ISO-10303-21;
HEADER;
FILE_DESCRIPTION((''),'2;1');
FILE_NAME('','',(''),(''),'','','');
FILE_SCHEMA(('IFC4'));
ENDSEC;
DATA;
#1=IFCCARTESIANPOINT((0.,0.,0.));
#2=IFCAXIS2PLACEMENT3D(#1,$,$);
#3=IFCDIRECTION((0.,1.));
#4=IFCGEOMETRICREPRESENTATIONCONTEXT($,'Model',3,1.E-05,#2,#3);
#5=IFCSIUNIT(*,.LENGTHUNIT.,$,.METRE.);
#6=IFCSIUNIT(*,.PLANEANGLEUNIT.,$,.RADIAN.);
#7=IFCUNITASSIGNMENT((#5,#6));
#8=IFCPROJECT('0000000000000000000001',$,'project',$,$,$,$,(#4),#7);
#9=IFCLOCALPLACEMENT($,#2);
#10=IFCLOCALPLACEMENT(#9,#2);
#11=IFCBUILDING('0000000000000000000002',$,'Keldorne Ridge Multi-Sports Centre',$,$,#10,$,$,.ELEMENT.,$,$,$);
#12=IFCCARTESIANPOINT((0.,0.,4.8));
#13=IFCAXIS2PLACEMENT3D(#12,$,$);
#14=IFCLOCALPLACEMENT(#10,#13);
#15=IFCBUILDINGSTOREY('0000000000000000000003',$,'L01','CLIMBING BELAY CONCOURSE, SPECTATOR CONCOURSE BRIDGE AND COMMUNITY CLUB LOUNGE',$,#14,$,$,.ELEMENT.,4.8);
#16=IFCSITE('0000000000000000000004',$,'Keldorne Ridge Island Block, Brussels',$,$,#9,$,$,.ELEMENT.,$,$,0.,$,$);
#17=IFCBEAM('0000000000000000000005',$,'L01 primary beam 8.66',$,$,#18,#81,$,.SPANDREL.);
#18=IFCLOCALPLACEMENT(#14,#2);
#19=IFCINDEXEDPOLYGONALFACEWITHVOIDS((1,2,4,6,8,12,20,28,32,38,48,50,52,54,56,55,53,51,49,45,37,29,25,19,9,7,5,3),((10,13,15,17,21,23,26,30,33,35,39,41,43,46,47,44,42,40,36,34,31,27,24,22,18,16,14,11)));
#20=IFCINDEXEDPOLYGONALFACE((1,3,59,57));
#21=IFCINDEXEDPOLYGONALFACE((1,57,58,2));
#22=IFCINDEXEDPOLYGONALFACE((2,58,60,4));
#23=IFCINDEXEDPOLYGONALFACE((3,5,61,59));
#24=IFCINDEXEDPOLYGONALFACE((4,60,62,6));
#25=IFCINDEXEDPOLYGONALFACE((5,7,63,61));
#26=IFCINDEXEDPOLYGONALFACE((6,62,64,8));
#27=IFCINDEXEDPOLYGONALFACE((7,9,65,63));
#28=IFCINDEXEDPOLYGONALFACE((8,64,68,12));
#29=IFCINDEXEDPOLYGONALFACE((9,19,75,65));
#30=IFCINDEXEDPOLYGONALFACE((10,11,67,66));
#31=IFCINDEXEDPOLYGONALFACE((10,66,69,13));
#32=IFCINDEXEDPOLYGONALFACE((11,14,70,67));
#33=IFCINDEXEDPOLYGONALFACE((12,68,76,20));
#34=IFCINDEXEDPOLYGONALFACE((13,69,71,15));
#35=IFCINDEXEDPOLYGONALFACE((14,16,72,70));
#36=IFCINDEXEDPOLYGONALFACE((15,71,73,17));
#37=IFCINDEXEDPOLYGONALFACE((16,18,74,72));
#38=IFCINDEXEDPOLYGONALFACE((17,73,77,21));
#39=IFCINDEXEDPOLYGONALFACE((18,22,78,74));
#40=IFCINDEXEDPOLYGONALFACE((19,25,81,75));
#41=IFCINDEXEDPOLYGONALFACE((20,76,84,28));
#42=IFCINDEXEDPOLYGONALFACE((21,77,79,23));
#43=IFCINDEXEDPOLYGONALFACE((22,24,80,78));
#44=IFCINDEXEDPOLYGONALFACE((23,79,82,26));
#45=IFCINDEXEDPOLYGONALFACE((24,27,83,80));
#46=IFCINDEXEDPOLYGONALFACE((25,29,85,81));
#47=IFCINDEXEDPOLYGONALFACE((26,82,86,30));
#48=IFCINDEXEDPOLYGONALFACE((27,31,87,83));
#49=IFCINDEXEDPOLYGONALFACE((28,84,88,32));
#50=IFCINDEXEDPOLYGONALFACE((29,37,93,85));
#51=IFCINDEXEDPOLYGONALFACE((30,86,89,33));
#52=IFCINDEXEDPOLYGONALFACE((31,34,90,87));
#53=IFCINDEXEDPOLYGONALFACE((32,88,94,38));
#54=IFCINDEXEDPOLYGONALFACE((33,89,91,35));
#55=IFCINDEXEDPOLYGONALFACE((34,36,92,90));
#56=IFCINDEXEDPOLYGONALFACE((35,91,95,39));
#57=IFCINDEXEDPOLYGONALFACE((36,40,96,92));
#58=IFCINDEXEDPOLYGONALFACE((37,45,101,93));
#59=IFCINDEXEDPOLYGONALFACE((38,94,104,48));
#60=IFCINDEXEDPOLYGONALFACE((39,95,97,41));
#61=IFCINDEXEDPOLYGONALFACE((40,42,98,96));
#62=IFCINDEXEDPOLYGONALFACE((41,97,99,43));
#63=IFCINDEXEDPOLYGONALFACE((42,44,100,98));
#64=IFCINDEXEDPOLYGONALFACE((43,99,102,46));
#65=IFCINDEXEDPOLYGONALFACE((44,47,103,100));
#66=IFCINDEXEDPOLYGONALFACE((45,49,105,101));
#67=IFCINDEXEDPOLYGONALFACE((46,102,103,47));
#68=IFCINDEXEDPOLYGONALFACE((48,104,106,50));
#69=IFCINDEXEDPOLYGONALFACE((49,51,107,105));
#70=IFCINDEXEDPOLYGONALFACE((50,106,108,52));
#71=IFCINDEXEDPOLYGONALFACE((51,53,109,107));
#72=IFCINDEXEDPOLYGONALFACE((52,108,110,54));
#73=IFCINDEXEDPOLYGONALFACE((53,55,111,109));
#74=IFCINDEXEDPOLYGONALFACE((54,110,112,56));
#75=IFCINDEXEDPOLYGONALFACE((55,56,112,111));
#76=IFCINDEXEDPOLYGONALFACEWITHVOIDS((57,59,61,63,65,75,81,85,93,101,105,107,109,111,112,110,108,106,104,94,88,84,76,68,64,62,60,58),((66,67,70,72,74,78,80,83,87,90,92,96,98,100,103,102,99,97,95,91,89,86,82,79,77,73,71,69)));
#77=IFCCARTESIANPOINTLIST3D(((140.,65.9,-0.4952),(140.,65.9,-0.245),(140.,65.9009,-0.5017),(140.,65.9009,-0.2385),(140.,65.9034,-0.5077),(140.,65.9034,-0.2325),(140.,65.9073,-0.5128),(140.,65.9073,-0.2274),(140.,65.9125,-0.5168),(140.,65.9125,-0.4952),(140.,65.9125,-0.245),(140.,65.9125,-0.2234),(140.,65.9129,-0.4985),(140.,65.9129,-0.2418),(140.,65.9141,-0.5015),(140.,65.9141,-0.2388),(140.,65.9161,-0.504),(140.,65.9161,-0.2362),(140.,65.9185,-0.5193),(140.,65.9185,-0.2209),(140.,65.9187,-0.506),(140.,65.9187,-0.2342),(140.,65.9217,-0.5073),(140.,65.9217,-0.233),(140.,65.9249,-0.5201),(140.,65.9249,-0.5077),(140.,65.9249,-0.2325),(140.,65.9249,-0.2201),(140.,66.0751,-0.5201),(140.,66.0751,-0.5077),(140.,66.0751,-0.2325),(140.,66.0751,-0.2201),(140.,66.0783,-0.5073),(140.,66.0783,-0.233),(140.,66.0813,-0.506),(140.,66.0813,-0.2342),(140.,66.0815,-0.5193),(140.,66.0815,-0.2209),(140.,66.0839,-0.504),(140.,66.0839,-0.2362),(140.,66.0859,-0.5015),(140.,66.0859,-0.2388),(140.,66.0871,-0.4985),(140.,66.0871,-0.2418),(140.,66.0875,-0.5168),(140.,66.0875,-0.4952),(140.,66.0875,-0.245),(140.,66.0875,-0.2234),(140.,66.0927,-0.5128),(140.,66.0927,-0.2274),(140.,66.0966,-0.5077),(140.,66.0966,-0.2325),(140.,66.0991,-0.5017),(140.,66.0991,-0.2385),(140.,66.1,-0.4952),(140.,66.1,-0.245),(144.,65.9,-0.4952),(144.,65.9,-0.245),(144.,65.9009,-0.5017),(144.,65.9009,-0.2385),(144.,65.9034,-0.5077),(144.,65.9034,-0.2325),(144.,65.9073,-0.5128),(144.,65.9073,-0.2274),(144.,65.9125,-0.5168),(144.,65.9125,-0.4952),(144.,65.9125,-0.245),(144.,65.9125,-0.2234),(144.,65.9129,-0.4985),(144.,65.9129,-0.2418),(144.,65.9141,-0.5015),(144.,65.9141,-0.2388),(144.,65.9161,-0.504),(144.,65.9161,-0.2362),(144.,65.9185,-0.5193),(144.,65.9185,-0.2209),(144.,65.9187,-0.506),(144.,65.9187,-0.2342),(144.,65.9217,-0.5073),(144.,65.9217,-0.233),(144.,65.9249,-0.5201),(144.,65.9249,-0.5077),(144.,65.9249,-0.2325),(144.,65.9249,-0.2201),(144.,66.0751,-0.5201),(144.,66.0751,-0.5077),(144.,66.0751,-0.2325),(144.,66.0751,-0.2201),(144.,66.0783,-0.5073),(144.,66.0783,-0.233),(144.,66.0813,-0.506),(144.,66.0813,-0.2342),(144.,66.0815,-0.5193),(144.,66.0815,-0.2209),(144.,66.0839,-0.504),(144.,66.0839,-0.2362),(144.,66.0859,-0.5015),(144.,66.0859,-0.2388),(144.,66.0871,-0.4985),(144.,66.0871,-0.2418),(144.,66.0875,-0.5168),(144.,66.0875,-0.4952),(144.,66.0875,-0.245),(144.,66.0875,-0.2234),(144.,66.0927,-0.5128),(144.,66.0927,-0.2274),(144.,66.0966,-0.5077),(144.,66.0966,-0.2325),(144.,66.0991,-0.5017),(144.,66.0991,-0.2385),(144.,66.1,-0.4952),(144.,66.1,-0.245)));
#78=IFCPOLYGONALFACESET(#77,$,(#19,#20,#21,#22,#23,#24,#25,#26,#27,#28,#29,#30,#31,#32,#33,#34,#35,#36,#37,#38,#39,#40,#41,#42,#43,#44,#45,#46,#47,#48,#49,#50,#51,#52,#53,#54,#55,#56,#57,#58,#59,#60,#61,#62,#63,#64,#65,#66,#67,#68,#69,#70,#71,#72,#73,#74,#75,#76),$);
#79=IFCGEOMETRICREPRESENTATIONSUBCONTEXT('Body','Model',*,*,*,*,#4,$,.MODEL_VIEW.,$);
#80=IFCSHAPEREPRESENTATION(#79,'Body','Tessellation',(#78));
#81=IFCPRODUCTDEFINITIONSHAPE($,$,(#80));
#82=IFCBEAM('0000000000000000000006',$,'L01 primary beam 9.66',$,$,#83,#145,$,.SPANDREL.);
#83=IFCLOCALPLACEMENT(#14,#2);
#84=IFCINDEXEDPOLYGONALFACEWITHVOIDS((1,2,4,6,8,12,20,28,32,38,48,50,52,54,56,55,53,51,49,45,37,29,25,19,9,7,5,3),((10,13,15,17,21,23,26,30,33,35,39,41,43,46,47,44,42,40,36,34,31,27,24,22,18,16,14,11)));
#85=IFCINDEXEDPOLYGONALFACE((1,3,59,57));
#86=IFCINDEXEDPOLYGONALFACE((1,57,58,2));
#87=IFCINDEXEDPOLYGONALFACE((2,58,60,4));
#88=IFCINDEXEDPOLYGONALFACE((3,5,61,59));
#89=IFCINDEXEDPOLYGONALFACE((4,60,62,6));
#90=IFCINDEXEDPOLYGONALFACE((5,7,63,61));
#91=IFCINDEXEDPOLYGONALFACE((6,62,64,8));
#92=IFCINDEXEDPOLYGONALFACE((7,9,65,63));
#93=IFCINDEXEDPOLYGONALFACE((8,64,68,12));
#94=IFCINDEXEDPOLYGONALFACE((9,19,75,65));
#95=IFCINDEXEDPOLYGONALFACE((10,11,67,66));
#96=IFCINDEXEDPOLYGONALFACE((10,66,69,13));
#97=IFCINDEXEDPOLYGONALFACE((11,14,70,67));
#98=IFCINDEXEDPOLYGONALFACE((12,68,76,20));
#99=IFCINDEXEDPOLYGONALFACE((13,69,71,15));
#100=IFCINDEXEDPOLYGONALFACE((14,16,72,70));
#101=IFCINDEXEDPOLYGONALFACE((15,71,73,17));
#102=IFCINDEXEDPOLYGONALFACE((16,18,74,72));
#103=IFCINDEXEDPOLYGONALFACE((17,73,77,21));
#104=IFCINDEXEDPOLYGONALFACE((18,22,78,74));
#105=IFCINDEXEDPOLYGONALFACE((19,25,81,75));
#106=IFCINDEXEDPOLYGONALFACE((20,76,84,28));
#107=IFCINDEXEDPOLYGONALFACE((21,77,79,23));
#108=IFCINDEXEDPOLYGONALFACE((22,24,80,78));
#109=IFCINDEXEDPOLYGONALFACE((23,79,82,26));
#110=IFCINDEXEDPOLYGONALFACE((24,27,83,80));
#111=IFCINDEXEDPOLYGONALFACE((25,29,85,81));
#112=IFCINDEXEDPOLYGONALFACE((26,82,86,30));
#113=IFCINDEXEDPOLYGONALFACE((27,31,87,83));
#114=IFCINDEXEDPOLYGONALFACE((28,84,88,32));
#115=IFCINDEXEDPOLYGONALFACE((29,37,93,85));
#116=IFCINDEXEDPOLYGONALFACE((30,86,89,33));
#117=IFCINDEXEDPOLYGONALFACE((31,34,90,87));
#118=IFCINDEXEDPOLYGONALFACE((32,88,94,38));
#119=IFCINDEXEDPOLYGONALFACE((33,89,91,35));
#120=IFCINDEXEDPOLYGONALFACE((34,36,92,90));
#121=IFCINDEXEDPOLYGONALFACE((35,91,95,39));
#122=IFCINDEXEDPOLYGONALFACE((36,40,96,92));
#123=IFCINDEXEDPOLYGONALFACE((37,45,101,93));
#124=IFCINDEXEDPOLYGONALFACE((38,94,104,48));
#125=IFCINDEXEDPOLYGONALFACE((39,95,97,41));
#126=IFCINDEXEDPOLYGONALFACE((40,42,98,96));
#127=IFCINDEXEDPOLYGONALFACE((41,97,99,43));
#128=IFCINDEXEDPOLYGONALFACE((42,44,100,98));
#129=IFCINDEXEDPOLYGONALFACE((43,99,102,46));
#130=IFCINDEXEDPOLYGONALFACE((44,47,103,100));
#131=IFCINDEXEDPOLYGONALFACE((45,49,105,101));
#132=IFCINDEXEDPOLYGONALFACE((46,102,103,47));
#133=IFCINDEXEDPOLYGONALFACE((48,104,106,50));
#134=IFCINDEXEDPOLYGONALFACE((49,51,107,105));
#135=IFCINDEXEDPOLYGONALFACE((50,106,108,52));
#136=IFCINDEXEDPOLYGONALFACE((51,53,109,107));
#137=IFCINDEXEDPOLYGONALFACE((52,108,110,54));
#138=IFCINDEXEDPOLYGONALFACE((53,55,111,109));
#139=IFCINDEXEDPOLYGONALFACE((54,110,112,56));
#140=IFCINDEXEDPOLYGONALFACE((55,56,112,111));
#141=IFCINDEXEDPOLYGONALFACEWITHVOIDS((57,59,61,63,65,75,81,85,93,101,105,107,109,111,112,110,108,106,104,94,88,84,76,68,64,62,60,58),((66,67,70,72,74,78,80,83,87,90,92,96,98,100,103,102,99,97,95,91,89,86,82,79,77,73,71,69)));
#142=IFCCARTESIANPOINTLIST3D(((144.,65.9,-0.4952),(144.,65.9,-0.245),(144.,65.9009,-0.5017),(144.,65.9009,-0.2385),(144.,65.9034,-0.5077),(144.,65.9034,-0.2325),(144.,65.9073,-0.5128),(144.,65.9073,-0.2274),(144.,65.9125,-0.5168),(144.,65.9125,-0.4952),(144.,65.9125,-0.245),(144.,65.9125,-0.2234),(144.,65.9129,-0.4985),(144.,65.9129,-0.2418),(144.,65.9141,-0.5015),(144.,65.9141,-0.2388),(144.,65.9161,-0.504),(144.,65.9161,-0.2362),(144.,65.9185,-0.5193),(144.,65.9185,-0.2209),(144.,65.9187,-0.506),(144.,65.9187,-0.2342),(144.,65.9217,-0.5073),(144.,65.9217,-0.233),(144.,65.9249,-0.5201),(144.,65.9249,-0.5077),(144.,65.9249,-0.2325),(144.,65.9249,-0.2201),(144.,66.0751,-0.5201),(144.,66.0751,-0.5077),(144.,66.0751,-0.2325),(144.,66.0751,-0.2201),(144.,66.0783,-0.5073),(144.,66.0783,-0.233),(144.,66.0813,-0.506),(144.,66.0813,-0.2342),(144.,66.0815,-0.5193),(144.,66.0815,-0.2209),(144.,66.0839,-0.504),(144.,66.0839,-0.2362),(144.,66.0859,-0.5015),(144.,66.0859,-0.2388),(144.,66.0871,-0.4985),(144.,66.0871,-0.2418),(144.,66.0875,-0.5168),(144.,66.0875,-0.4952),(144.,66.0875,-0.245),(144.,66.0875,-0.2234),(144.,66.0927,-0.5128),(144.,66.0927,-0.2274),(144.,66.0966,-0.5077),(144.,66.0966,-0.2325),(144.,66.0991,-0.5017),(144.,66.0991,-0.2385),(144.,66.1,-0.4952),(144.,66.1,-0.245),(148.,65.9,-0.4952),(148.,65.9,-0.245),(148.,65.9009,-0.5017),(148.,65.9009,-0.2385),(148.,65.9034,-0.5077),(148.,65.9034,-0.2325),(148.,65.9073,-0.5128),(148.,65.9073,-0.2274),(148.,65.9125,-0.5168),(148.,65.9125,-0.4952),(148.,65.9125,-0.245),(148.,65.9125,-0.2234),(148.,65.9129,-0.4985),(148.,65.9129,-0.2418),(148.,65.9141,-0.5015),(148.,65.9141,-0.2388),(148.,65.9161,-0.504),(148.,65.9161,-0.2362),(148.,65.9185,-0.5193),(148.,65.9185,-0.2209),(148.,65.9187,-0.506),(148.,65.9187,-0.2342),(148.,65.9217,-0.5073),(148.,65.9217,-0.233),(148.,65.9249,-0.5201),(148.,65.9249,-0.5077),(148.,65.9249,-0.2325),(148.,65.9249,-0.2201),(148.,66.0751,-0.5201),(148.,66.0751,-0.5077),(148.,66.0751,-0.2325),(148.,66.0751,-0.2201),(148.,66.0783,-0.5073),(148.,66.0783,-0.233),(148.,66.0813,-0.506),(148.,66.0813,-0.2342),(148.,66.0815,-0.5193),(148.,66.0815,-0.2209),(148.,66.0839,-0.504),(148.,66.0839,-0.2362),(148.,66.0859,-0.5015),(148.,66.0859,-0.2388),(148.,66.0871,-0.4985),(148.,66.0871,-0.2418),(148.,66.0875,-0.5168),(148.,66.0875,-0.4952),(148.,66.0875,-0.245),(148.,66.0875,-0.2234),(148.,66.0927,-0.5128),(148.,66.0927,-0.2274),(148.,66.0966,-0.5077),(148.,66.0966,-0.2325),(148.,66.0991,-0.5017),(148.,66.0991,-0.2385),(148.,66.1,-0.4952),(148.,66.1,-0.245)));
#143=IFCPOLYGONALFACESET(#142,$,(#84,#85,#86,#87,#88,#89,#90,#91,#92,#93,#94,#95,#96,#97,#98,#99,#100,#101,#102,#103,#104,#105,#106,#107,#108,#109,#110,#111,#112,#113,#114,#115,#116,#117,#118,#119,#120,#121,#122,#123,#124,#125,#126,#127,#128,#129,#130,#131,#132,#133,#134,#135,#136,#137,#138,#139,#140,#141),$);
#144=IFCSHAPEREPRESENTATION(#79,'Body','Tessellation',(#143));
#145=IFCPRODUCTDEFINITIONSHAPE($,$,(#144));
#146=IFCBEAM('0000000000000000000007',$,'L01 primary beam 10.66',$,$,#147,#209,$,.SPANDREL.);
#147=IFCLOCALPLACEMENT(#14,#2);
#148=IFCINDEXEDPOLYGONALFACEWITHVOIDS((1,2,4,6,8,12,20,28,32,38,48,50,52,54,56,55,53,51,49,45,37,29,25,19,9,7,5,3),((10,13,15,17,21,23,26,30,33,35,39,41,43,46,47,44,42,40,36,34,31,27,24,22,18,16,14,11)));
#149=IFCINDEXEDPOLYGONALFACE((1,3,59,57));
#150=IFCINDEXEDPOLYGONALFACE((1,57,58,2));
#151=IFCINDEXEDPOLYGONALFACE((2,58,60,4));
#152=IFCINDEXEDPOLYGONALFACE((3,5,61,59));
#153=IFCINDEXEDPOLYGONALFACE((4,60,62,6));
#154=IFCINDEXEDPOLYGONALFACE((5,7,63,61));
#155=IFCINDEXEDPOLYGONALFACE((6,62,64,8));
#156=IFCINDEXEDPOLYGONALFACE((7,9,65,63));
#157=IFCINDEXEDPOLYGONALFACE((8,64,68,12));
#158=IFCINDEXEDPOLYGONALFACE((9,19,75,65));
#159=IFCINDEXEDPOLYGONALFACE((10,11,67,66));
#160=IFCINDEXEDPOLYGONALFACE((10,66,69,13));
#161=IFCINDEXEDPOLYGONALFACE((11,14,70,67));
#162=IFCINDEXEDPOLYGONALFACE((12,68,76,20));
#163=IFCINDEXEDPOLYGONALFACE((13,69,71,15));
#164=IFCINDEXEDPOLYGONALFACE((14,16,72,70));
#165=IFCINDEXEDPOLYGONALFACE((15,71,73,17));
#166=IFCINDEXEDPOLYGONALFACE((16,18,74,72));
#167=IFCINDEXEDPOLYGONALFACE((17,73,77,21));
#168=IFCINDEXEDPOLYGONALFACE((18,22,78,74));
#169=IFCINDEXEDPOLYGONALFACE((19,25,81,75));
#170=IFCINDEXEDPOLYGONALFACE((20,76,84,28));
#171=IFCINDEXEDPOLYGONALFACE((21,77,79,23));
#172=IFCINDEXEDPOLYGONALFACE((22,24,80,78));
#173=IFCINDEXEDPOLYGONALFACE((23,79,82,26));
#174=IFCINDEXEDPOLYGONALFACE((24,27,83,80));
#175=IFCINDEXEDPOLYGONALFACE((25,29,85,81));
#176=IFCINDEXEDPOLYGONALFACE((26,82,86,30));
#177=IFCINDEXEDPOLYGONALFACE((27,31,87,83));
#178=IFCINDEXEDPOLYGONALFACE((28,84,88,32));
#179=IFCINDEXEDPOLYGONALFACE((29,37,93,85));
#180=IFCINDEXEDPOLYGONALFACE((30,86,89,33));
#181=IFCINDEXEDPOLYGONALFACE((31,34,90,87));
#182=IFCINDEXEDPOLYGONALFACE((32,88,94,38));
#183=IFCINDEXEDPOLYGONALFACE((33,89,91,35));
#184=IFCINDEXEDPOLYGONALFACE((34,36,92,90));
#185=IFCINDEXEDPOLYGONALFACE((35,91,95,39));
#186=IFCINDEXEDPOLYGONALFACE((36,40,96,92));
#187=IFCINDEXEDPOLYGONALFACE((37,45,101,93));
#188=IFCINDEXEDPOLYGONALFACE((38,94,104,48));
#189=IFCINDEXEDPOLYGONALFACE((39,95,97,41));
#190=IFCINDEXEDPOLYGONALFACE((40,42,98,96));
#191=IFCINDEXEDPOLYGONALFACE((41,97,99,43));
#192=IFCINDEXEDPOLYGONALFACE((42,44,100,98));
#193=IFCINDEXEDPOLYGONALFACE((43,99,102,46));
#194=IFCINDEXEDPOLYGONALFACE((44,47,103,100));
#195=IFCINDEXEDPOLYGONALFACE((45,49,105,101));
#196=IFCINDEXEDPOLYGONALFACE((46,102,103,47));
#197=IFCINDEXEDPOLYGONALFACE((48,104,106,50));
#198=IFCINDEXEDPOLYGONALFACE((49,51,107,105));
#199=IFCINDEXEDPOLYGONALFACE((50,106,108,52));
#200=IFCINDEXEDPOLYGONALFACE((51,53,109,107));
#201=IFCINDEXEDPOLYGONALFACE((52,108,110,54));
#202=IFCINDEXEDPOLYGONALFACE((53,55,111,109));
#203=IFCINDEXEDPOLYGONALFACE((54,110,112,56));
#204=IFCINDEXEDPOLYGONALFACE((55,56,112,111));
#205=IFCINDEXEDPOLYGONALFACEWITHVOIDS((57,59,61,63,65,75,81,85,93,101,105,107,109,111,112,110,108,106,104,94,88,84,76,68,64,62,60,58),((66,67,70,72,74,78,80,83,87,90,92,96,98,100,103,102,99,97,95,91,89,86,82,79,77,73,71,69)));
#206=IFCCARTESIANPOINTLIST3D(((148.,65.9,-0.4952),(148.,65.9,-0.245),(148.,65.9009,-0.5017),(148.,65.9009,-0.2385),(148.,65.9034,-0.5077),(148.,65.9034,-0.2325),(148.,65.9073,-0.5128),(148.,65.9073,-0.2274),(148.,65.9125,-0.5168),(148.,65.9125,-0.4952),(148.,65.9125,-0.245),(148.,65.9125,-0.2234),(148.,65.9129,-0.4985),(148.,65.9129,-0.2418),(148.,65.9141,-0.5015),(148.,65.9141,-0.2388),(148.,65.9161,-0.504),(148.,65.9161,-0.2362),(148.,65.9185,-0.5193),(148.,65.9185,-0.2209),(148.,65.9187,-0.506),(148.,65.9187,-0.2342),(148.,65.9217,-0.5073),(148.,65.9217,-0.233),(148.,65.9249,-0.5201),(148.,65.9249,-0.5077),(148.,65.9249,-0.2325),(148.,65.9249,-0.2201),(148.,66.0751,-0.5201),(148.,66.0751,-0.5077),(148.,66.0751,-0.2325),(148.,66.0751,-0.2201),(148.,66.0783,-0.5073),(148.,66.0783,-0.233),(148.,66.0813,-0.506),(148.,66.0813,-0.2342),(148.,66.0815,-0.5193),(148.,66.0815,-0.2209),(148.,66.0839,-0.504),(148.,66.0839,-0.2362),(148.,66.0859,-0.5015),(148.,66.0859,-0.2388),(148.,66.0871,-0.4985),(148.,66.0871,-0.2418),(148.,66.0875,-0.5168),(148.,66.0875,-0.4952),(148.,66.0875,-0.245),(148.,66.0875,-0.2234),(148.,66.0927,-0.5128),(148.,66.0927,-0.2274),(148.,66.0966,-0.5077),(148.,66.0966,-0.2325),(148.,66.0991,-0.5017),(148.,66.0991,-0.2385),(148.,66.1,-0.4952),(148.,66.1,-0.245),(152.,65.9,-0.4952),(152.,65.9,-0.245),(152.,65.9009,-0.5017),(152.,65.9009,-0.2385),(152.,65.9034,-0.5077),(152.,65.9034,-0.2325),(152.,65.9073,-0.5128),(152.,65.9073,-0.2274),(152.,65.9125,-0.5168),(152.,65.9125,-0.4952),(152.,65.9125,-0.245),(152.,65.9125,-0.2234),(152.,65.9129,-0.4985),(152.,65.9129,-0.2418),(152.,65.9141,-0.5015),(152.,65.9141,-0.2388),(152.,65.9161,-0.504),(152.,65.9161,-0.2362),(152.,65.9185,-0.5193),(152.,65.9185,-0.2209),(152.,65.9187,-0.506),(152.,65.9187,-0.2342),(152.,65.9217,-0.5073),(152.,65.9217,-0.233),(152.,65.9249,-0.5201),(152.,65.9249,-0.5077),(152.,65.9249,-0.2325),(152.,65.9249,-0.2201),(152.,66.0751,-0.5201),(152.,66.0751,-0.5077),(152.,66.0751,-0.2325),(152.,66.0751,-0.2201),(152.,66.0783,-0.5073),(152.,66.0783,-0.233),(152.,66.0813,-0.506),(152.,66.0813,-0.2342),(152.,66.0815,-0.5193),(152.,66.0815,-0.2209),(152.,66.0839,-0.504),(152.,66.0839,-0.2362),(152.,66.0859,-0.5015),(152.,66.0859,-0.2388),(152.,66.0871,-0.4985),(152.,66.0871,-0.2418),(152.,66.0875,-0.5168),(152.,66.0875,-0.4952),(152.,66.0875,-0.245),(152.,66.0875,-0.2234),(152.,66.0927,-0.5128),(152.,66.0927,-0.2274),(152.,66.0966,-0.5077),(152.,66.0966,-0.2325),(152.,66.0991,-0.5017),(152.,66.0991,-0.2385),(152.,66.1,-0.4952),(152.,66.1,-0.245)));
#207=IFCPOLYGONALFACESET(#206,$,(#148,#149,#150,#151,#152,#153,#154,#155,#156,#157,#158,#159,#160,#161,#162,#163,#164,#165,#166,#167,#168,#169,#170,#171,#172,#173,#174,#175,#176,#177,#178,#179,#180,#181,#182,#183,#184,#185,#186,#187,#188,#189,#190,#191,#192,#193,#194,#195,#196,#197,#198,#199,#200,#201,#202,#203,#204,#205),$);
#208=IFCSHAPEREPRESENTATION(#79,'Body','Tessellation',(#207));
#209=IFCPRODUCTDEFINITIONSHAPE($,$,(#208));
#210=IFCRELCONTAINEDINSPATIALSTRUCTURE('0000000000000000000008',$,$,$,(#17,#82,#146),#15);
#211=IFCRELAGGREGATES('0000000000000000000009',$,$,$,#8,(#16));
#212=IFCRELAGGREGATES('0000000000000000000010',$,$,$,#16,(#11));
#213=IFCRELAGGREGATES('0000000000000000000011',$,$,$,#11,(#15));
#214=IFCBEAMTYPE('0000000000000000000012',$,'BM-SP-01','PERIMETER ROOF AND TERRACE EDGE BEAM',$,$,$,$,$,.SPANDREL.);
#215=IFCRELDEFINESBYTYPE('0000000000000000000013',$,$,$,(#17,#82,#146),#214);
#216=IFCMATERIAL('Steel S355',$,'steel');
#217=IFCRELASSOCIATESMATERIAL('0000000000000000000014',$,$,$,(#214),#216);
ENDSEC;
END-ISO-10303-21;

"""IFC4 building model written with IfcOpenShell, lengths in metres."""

from ifc_helpers import new_model, si_unit, direction, frame, origin, origin_2d, place, context, subcontext, project, spatial, hollow_rectangle, extrude, material, material_profile, profile_set, type_object, element, save


model = new_model("IFC4")

# Units and contexts
model_context = context("Model", 3, precision=1e-05, world=origin(), true_north=direction((0.0, 1.0)))
body_context = subcontext(model_context, "Body", "Model", "MODEL_VIEW")
ifc_project = project(units=[si_unit("LENGTHUNIT", "METRE"), si_unit("PLANEANGLEUNIT", "RADIAN")], contexts=[model_context])

# Site, building, storey
site_placement = place(None, origin())
site = spatial("IfcSite", under=ifc_project, at=site_placement, Name="Keldorne Ridge Island Block, Brussels", CompositionType="ELEMENT", RefElevation=0.0)
building_placement = place(site_placement, origin())
building = spatial("IfcBuilding", under=site, at=building_placement, Name="Keldorne Ridge Multi-Sports Centre", CompositionType="ELEMENT")
storey_placement = place(building_placement, frame((0.0, 0.0, 4.8)))
storey = spatial("IfcBuildingStorey", under=building, at=storey_placement, Name="L01", Description="CLIMBING BELAY CONCOURSE, SPECTATOR CONCOURSE BRIDGE AND COMMUNITY CLUB LOUNGE", CompositionType="ELEMENT", Elevation=4.8)

# Shared definitions
ifc_material_1 = material(Name="Steel S355", Category="steel")

# Beams
ifc_material_profile_1 = material_profile(ifc_material_1, hollow_rectangle(XDim=0.2, YDim=0.3, WallThickness=0.0125, InnerFilletRadius=0.0125, OuterFilletRadius=0.0249, at=origin_2d()), Name="RHS 300x200x12.5")
ifc_profile_set_1 = profile_set([ifc_material_profile_1], Name="Steel S355")
beam_type_1 = type_object("IfcBeamType", Name="BM-SP-01", Description="PERIMETER ROOF AND TERRACE EDGE BEAM", PredefinedType="SPANDREL", material=ifc_profile_set_1)
for number, where, z_axis, x_axis, name in (
    (1, (140.0, 66.0, -0.3701), (1.0, 0.0, 0.0), (0.0, 1.0, 0.0), "L01 primary beam 8.66"),
    (2, (144.0, 66.0, -0.3701), (1.0, 0.0, 0.0), (0.0, 1.0, 0.0), "L01 primary beam 9.66"),
    (3, (148.0, 66.0, -0.3701), (1.0, 0.0, 0.0), (0.0, 1.0, 0.0), "L01 primary beam 10.66"),
):
    element("IfcBeam", number, at=place(storey_placement, frame(where, z_axis=z_axis, x_axis=x_axis)), inside=storey, type_object=beam_type_1, Name=name, PredefinedType="SPANDREL", context=body_context, shape_type="SweptSolid", body=[
        extrude(hollow_rectangle(XDim=0.2, YDim=0.3, WallThickness=0.0125, InnerFilletRadius=0.0125, OuterFilletRadius=0.0249, at=origin_2d()), origin(), (0.0, 0.0, 1.0), 4.0),
    ])

save(model, "model.ifc")
